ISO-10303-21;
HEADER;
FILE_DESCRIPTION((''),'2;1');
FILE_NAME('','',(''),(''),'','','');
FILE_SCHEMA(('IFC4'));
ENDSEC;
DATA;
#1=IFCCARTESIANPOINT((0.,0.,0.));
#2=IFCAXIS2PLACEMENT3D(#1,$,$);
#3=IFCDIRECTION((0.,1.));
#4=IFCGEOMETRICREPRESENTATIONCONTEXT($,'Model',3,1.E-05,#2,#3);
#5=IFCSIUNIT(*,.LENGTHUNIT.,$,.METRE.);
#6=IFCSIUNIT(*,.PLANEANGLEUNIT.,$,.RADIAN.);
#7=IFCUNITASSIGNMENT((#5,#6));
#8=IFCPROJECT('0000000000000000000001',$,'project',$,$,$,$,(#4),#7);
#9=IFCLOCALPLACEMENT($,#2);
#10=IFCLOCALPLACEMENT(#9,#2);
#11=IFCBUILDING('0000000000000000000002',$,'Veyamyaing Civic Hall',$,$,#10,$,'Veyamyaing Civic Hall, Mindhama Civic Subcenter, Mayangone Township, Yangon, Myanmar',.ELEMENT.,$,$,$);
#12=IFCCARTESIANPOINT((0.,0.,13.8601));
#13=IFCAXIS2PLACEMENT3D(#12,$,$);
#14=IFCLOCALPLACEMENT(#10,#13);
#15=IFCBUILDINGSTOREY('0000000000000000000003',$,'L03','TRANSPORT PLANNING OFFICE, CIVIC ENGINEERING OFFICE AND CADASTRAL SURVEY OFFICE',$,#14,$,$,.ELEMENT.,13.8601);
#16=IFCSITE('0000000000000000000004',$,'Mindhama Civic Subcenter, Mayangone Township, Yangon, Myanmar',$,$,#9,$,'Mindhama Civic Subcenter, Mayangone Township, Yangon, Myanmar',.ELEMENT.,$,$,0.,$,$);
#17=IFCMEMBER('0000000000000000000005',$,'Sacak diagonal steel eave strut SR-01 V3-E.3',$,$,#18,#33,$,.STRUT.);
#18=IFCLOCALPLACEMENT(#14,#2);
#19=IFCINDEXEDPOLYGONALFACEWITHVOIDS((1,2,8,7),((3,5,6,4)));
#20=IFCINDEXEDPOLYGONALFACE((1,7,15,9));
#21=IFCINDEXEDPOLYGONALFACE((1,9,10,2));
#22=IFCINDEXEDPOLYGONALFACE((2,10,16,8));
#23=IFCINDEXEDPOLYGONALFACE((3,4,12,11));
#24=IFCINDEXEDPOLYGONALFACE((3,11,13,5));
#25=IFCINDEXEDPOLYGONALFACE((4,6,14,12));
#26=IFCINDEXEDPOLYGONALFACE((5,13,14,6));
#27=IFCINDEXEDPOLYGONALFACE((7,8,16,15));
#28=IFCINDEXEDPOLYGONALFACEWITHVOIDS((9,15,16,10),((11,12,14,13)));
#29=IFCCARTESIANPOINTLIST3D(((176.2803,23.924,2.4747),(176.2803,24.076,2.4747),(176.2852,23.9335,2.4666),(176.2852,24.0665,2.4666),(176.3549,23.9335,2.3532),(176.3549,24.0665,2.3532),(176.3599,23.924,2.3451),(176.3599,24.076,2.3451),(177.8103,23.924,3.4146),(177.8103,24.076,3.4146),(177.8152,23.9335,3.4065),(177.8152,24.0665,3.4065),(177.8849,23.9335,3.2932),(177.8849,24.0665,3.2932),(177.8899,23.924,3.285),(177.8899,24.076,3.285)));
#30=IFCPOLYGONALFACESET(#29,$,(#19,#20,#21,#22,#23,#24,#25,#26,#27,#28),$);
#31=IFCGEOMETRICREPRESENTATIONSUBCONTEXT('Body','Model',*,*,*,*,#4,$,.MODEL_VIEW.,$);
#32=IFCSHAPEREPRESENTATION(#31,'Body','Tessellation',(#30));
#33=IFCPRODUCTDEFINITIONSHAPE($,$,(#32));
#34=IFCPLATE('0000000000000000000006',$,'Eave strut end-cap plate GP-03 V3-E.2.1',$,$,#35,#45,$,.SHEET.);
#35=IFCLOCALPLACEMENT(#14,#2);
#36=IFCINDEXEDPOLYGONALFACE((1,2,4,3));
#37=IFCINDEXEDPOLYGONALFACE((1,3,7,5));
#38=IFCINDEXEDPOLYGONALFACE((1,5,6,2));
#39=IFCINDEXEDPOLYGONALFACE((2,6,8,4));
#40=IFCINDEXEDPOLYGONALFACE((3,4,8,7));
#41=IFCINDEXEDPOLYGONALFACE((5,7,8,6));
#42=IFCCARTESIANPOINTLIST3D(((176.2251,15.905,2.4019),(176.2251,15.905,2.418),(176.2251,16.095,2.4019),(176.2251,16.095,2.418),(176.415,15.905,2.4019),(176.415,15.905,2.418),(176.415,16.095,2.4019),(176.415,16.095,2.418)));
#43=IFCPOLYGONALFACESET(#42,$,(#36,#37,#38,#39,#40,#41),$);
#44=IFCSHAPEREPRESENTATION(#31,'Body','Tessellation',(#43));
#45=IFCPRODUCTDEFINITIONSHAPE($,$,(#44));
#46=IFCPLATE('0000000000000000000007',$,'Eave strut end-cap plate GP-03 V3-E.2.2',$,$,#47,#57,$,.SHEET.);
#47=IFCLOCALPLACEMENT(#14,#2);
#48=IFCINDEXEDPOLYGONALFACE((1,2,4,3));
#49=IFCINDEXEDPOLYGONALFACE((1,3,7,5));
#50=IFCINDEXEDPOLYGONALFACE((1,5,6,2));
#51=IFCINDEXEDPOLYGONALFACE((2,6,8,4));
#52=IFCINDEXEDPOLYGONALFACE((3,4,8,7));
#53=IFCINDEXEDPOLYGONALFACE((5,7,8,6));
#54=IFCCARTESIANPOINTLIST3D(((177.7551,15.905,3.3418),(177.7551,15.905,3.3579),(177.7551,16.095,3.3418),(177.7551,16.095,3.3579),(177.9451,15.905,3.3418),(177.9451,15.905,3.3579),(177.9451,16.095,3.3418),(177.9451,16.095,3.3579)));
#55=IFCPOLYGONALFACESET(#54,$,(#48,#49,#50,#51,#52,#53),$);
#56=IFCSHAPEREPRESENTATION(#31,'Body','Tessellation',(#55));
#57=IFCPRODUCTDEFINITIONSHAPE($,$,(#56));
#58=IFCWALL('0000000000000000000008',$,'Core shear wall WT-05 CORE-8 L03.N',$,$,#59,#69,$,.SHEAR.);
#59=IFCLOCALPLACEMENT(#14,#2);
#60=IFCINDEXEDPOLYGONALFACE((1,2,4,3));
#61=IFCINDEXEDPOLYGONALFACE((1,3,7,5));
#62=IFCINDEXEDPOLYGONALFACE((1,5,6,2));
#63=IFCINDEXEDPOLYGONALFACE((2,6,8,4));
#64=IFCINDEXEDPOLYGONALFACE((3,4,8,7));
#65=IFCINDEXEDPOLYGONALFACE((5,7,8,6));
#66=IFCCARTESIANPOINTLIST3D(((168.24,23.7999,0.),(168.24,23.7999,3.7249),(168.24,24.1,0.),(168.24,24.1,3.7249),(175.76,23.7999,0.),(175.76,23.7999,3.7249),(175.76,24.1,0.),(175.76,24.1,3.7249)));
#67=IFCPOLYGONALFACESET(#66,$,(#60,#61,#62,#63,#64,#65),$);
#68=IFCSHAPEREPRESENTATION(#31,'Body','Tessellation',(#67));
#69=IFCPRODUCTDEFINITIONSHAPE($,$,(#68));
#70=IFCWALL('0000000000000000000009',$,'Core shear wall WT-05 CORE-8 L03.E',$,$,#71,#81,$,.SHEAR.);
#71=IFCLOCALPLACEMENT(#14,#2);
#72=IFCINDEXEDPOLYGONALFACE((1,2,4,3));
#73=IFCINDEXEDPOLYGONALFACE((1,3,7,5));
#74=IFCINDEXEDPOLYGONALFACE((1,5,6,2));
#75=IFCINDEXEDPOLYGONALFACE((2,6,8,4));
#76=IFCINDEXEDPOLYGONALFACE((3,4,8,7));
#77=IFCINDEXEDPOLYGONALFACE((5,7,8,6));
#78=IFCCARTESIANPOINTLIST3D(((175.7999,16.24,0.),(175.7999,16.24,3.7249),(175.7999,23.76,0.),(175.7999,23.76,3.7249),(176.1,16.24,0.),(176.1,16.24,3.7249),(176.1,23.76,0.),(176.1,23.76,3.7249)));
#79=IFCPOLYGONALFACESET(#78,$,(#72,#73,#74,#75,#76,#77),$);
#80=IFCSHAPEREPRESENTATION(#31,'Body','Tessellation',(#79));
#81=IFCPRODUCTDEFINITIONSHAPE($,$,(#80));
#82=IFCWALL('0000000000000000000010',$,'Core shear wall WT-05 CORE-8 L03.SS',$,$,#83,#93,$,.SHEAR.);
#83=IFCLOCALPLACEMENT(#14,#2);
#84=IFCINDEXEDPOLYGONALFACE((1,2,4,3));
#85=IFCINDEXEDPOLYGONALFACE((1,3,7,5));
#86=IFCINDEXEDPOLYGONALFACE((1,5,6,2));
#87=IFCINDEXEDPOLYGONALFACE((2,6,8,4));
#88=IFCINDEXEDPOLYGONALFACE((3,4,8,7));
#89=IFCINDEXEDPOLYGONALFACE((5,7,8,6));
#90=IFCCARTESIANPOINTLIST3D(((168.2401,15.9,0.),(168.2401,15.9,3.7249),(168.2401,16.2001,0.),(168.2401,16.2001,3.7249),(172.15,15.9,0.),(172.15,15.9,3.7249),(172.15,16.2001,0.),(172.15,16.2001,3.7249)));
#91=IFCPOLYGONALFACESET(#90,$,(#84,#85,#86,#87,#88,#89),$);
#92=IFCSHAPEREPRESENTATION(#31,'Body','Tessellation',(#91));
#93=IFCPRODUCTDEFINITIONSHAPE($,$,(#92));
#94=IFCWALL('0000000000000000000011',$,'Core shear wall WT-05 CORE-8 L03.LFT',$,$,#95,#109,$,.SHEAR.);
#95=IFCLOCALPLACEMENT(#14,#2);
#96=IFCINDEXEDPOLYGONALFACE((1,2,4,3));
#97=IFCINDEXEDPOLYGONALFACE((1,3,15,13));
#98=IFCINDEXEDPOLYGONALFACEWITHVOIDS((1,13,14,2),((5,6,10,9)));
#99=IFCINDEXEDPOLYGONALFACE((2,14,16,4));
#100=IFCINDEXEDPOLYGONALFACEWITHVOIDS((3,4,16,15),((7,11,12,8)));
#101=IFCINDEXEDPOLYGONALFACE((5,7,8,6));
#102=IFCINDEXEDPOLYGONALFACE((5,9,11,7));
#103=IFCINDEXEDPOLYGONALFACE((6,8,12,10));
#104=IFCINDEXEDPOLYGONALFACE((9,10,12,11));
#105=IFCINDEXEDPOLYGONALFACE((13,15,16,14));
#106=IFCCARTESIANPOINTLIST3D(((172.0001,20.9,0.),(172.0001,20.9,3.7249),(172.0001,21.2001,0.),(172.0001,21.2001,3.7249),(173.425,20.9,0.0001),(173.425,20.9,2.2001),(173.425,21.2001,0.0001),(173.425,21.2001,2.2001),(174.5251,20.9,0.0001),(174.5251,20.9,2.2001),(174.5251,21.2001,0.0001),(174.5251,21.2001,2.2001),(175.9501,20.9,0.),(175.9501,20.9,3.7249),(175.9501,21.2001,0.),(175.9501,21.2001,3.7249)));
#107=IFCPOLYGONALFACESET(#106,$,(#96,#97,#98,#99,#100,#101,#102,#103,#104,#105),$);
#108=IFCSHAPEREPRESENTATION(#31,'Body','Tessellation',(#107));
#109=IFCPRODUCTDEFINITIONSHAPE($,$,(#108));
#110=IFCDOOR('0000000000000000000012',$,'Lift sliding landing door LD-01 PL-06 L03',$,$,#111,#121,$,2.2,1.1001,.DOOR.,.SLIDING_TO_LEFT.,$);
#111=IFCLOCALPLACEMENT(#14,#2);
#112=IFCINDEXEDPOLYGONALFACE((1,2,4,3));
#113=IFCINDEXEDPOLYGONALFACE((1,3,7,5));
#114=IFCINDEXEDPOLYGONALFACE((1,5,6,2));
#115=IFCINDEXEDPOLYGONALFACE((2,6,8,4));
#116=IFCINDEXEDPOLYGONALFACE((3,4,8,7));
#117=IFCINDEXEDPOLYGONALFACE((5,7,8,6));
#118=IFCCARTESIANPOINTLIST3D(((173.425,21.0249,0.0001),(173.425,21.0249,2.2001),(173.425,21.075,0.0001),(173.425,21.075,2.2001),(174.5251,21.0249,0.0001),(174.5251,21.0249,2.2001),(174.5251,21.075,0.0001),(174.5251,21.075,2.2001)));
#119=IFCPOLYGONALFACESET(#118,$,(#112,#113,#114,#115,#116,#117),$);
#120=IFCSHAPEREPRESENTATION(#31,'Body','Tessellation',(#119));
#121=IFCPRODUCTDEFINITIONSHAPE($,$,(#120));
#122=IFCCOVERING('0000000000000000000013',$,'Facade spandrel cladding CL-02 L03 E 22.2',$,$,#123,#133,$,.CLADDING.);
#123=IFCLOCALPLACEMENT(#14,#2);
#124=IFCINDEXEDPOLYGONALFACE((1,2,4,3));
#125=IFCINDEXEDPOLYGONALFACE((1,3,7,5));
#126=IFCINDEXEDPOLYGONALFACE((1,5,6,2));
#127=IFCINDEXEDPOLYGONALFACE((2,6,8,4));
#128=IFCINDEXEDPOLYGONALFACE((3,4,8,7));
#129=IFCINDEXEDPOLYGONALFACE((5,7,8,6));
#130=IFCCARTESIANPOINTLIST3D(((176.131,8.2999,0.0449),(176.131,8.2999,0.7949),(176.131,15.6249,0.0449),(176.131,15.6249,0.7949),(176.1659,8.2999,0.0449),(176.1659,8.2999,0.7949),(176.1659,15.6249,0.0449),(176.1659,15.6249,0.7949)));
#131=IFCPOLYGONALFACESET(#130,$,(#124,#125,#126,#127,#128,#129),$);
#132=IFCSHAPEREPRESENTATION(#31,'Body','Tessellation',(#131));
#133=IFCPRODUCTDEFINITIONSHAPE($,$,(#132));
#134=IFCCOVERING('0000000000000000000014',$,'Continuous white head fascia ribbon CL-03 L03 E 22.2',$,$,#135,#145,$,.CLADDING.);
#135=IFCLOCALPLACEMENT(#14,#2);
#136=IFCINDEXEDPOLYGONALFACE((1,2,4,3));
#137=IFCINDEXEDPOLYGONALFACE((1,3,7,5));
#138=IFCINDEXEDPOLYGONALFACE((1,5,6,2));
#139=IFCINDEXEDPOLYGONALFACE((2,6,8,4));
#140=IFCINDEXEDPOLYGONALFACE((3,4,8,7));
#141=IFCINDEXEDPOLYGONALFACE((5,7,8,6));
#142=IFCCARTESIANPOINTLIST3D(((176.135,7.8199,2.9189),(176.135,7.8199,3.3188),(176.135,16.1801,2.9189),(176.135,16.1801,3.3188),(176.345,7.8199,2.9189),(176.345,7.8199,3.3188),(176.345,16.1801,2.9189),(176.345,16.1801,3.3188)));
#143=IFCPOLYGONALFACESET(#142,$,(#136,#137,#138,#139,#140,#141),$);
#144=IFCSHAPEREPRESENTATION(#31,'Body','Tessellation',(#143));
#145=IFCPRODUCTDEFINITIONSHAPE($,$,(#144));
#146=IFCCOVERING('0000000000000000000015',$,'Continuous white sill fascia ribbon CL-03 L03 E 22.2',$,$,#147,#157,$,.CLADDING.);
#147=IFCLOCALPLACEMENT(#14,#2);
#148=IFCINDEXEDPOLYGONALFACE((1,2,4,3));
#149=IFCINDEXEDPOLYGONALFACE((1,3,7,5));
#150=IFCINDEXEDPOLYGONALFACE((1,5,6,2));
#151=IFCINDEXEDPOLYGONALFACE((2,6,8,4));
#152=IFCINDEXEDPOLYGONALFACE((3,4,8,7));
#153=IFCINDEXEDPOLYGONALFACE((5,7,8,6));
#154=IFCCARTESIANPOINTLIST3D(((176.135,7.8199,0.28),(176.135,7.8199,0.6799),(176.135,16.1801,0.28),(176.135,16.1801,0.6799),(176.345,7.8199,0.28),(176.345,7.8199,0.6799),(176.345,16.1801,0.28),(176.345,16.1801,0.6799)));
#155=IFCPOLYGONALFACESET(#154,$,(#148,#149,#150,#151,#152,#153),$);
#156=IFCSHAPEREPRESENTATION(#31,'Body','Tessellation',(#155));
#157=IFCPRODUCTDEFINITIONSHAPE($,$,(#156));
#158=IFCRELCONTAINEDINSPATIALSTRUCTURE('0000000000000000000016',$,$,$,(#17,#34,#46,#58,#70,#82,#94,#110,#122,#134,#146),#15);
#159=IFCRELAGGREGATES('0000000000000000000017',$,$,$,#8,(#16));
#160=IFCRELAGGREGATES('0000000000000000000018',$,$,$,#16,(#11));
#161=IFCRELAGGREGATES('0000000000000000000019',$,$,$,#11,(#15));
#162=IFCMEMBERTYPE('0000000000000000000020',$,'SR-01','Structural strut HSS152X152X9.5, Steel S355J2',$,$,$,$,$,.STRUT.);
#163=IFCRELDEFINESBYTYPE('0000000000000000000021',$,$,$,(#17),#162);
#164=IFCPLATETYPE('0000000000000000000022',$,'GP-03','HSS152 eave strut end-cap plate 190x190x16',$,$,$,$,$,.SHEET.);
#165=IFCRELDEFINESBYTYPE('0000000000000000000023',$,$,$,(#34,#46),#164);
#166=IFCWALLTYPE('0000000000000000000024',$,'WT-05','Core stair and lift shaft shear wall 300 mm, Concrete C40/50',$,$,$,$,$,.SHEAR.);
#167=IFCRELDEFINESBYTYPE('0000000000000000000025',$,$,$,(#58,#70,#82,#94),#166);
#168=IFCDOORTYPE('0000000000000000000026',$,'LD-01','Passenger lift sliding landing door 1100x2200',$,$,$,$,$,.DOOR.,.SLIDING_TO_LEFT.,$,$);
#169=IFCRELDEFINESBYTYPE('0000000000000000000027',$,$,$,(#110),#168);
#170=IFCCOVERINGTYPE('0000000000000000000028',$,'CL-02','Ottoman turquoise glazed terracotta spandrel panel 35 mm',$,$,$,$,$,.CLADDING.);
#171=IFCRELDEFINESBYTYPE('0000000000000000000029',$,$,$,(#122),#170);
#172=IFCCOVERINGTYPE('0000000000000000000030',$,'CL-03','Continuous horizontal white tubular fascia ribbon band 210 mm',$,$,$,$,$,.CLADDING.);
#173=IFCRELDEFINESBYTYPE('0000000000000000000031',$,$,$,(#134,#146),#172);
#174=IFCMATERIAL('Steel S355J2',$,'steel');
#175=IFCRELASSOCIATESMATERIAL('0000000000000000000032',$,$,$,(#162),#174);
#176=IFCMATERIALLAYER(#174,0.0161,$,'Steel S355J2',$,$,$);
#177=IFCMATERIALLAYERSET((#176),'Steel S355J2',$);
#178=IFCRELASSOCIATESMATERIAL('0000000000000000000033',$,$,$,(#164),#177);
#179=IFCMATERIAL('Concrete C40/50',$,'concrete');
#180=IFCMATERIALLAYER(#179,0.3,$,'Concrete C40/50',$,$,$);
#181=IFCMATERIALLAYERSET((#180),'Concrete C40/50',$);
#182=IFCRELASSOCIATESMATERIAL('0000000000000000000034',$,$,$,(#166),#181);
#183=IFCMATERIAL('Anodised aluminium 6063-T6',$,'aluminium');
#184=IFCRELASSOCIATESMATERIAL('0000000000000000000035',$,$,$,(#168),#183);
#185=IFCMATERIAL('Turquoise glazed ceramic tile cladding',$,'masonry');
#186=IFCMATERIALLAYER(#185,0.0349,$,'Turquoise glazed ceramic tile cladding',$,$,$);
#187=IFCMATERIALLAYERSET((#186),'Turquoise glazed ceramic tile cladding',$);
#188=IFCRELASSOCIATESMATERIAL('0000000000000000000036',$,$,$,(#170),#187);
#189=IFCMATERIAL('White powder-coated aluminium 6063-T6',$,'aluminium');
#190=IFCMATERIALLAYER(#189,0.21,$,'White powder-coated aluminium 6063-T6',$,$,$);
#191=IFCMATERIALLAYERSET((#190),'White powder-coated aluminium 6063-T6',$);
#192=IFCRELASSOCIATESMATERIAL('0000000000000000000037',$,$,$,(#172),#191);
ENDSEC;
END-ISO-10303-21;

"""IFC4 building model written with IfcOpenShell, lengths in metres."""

from ifc_helpers import new_model, si_unit, direction, frame, frame_2d, origin, origin_2d, place, context, subcontext, project, spatial, rectangle, hollow_rectangle, extrude, material, layer, layer_set, material_profile, profile_set, type_object, element, fill, save


model = new_model("IFC4")

# Units and contexts
model_context = context("Model", 3, precision=1e-05, world=origin(), true_north=direction((0.0, 1.0)))
body_context = subcontext(model_context, "Body", "Model", "MODEL_VIEW")
ifc_project = project(units=[si_unit("LENGTHUNIT", "METRE"), si_unit("PLANEANGLEUNIT", "RADIAN")], contexts=[model_context])

# Site, building, storey
site_placement = place(None, origin())
site = spatial("IfcSite", under=ifc_project, at=site_placement, Name="Mindhama Civic Subcenter, Mayangone Township, Yangon, Myanmar", LongName="Mindhama Civic Subcenter, Mayangone Township, Yangon, Myanmar", CompositionType="ELEMENT", RefElevation=0.0)
building_placement = place(site_placement, origin())
building = spatial("IfcBuilding", under=site, at=building_placement, Name="Veyamyaing Civic Hall", LongName="Veyamyaing Civic Hall, Mindhama Civic Subcenter, Mayangone Township, Yangon, Myanmar", CompositionType="ELEMENT")
storey_placement = place(building_placement, frame((0.0, 0.0, 13.8601)))
storey = spatial("IfcBuildingStorey", under=building, at=storey_placement, Name="L03", Description="TRANSPORT PLANNING OFFICE, CIVIC ENGINEERING OFFICE AND CADASTRAL SURVEY OFFICE", CompositionType="ELEMENT", Elevation=13.8601)

# Member
ifc_material_1 = material(Name="Steel S355J2", Category="steel")
ifc_material_profile_1 = material_profile(ifc_material_1, hollow_rectangle(XDim=0.1521, YDim=0.1521, WallThickness=0.0095, at=origin_2d()), Name="HSS152X152X9.5")
ifc_profile_set_1 = profile_set([ifc_material_profile_1], Name="Steel S355J2")
member_type = type_object("IfcMemberType", Name="SR-01", Description="Structural strut HSS152X152X9.5, Steel S355J2", PredefinedType="STRUT", material=ifc_profile_set_1)
for number, where, z_axis, x_axis, name in (
    (1, (176.3201, 24.0, 2.4099), (0.85206, 0.0, 0.523445), (0.0, 1.0, 0.0), "Sacak diagonal steel eave strut SR-01 V3-E.3"),
):
    element("IfcMember", number, at=place(storey_placement, frame(where, z_axis=z_axis, x_axis=x_axis)), inside=storey, type_object=member_type, Name=name, PredefinedType="STRUT", context=body_context, shape_type="SweptSolid", body=[
        extrude(hollow_rectangle(XDim=0.1521, YDim=0.1521, WallThickness=0.0095, at=origin_2d()), origin(), (0.0, 0.0, 1.0), 1.7957),
    ])

# Plates
ifc_layer_1 = layer(ifc_material_1, 0.0161, Name="Steel S355J2")
ifc_layer_set_1 = layer_set([ifc_layer_1], Name="Steel S355J2")
plate_type = type_object("IfcPlateType", Name="GP-03", Description="HSS152 eave strut end-cap plate 190x190x16", PredefinedType="SHEET", material=ifc_layer_set_1)
for number, where, z_axis, x_axis, name in (
    (2, (176.3201, 16.0, 2.4019), (0.0, 0.0, 1.0), (1.0, 0.0, 0.0), "Eave strut end-cap plate GP-03 V3-E.2.1"),
    (3, (177.8501, 16.0, 3.3418), (0.0, 0.0, 1.0), (1.0, 0.0, 0.0), "Eave strut end-cap plate GP-03 V3-E.2.2"),
):
    element("IfcPlate", number, at=place(storey_placement, frame(where, z_axis=z_axis, x_axis=x_axis)), inside=storey, type_object=plate_type, Name=name, PredefinedType="SHEET", context=body_context, shape_type="SweptSolid", body=[
        extrude(rectangle(XDim=0.1899, YDim=0.1899, at=origin_2d()), origin(), (0.0, 0.0, 1.0), 0.0161),
    ])

# Walls
ifc_material_2 = material(Name="Concrete C40/50", Category="concrete")
ifc_layer_2 = layer(ifc_material_2, 0.3, Name="Concrete C40/50")
ifc_layer_set_2 = layer_set([ifc_layer_2], Name="Concrete C40/50")
wall_type_1 = type_object("IfcWallType", Name="WT-05", Description="Core stair and lift shaft shear wall 300 mm, Concrete C40/50", PredefinedType="SHEAR", material=ifc_layer_set_2)
for number, where, z_axis, x_axis, name in (
    (4, (168.24, 23.95, 0.0), (0.0, 0.0, 1.0), (1.0, 0.0, 0.0), "Core shear wall WT-05 CORE-8 L03.N"),
    (5, (175.95, 16.24, 0.0), (0.0, 0.0, 1.0), (0.0, 1.0, 0.0), "Core shear wall WT-05 CORE-8 L03.E"),
):
    element("IfcWall", number, at=place(storey_placement, frame(where, z_axis=z_axis, x_axis=x_axis)), inside=storey, type_object=wall_type_1, Name=name, PredefinedType="SHEAR", context=body_context, shape_type="SweptSolid", body=[
        extrude(rectangle(XDim=7.52, YDim=0.3, at=frame_2d((3.76, 0.0))), origin(), (0.0, 0.0, 1.0), 3.7249),
    ])
wall_1_placement = place(storey_placement, frame((168.24, 16.05, 0.0), z_axis=(0.0, 0.0, 1.0), x_axis=(1.0, 0.0, 0.0)))
element("IfcWall", 6, at=wall_1_placement, inside=storey, type_object=wall_type_1, Name="Core shear wall WT-05 CORE-8 L03.SS", PredefinedType="SHEAR", context=body_context, shape_type="SweptSolid", body=[
    extrude(rectangle(XDim=3.9099, YDim=0.3, at=frame_2d((1.9551, 0.0))), origin(), (0.0, 0.0, 1.0), 3.7249),
])

# Wall, opening, door
wall_2_placement = place(storey_placement, frame((172.0, 21.05, 0.0), z_axis=(0.0, 0.0, 1.0), x_axis=(1.0, 0.0, 0.0)))
wall_2 = element("IfcWall", 7, at=wall_2_placement, inside=storey, type_object=wall_type_1, Name="Core shear wall WT-05 CORE-8 L03.LFT", PredefinedType="SHEAR", context=body_context, shape_type="SweptSolid", body=[
    extrude(rectangle(XDim=3.95, YDim=0.3, at=frame_2d((1.9751, 0.0))), origin(), (0.0, 0.0, 1.0), 3.7249),
])
opening_1_placement = place(wall_2_placement, frame((1.425, 0.0, 0.0)))
opening_1 = element("IfcOpeningElement", 8, at=opening_1_placement, cuts=wall_2, PredefinedType="OPENING", context=body_context, shape_type="SweptSolid", body=[
    extrude(rectangle(XDim=1.1001, YDim=2.2, at=frame_2d((0.55, 1.1001))), frame((0.0, 0.1599, 0.0), z_axis=(0.0, -1.0, 0.0), x_axis=(1.0, 0.0, 0.0)), (0.0, 0.0, 1.0), 0.3201),
])
ifc_material_3 = material(Name="Anodised aluminium 6063-T6", Category="aluminium")
door_type_1 = type_object("IfcDoorType", Name="LD-01", Description="Passenger lift sliding landing door 1100x2200", OperationType="SLIDING_TO_LEFT", PredefinedType="DOOR", material=ifc_material_3)
door_1_placement = place(opening_1_placement, origin())
door_1 = element("IfcDoor", 9, at=door_1_placement, inside=storey, type_object=door_type_1, Name="Lift sliding landing door LD-01 PL-06 L03", OperationType="SLIDING_TO_LEFT", OverallHeight=2.2, OverallWidth=1.1001, PredefinedType="DOOR", context=body_context, shape_type="SweptSolid", body=[
    extrude(rectangle(XDim=1.1001, YDim=2.2, at=frame_2d((0.55, 1.1001))), frame((0.0, 0.0249, 0.0), z_axis=(0.0, -1.0, 0.0), x_axis=(1.0, 0.0, 0.0)), (0.0, 0.0, 1.0), 0.05),
])
fill(opening_1, door_1)

# Coverings
ifc_material_4 = material(Name="Turquoise glazed ceramic tile cladding", Category="masonry")
ifc_layer_3 = layer(ifc_material_4, 0.0349, Name="Turquoise glazed ceramic tile cladding")
ifc_layer_set_3 = layer_set([ifc_layer_3], Name="Turquoise glazed ceramic tile cladding")
covering_type_1 = type_object("IfcCoveringType", Name="CL-02", Description="Ottoman turquoise glazed terracotta spandrel panel 35 mm", PredefinedType="CLADDING", material=ifc_layer_set_3)
covering_placement = place(storey_placement, frame((176.1484, 11.9624, 0.0449), z_axis=(0.0, 0.0, 1.0), x_axis=(0.0, 1.0, 0.0)))
element("IfcCovering", 10, at=covering_placement, inside=storey, type_object=covering_type_1, Name="Facade spandrel cladding CL-02 L03 E 22.2", PredefinedType="CLADDING", context=body_context, shape_type="SweptSolid", body=[
    extrude(rectangle(XDim=7.325, YDim=0.0349, at=origin_2d()), origin(), (0.0, 0.0, 1.0), 0.75),
])
ifc_material_5 = material(Name="White powder-coated aluminium 6063-T6", Category="aluminium")
ifc_layer_4 = layer(ifc_material_5, 0.21, Name="White powder-coated aluminium 6063-T6")
ifc_layer_set_4 = layer_set([ifc_layer_4], Name="White powder-coated aluminium 6063-T6")
covering_type_2 = type_object("IfcCoveringType", Name="CL-03", Description="Continuous horizontal white tubular fascia ribbon band 210 mm", PredefinedType="CLADDING", material=ifc_layer_set_4)
for number, where, z_axis, x_axis, name in (
    (11, (176.24, 12.0, 2.9189), (0.0, 0.0, 1.0), (0.0, 1.0, 0.0), "Continuous white head fascia ribbon CL-03 L03 E 22.2"),
    (12, (176.24, 12.0, 0.28), (0.0, 0.0, 1.0), (0.0, 1.0, 0.0), "Continuous white sill fascia ribbon CL-03 L03 E 22.2"),
):
    element("IfcCovering", number, at=place(storey_placement, frame(where, z_axis=z_axis, x_axis=x_axis)), inside=storey, type_object=covering_type_2, Name=name, PredefinedType="CLADDING", context=body_context, shape_type="SweptSolid", body=[
        extrude(rectangle(XDim=8.3601, YDim=0.21, at=origin_2d()), origin(), (0.0, 0.0, 1.0), 0.3999),
    ])

save(model, "model.ifc")
